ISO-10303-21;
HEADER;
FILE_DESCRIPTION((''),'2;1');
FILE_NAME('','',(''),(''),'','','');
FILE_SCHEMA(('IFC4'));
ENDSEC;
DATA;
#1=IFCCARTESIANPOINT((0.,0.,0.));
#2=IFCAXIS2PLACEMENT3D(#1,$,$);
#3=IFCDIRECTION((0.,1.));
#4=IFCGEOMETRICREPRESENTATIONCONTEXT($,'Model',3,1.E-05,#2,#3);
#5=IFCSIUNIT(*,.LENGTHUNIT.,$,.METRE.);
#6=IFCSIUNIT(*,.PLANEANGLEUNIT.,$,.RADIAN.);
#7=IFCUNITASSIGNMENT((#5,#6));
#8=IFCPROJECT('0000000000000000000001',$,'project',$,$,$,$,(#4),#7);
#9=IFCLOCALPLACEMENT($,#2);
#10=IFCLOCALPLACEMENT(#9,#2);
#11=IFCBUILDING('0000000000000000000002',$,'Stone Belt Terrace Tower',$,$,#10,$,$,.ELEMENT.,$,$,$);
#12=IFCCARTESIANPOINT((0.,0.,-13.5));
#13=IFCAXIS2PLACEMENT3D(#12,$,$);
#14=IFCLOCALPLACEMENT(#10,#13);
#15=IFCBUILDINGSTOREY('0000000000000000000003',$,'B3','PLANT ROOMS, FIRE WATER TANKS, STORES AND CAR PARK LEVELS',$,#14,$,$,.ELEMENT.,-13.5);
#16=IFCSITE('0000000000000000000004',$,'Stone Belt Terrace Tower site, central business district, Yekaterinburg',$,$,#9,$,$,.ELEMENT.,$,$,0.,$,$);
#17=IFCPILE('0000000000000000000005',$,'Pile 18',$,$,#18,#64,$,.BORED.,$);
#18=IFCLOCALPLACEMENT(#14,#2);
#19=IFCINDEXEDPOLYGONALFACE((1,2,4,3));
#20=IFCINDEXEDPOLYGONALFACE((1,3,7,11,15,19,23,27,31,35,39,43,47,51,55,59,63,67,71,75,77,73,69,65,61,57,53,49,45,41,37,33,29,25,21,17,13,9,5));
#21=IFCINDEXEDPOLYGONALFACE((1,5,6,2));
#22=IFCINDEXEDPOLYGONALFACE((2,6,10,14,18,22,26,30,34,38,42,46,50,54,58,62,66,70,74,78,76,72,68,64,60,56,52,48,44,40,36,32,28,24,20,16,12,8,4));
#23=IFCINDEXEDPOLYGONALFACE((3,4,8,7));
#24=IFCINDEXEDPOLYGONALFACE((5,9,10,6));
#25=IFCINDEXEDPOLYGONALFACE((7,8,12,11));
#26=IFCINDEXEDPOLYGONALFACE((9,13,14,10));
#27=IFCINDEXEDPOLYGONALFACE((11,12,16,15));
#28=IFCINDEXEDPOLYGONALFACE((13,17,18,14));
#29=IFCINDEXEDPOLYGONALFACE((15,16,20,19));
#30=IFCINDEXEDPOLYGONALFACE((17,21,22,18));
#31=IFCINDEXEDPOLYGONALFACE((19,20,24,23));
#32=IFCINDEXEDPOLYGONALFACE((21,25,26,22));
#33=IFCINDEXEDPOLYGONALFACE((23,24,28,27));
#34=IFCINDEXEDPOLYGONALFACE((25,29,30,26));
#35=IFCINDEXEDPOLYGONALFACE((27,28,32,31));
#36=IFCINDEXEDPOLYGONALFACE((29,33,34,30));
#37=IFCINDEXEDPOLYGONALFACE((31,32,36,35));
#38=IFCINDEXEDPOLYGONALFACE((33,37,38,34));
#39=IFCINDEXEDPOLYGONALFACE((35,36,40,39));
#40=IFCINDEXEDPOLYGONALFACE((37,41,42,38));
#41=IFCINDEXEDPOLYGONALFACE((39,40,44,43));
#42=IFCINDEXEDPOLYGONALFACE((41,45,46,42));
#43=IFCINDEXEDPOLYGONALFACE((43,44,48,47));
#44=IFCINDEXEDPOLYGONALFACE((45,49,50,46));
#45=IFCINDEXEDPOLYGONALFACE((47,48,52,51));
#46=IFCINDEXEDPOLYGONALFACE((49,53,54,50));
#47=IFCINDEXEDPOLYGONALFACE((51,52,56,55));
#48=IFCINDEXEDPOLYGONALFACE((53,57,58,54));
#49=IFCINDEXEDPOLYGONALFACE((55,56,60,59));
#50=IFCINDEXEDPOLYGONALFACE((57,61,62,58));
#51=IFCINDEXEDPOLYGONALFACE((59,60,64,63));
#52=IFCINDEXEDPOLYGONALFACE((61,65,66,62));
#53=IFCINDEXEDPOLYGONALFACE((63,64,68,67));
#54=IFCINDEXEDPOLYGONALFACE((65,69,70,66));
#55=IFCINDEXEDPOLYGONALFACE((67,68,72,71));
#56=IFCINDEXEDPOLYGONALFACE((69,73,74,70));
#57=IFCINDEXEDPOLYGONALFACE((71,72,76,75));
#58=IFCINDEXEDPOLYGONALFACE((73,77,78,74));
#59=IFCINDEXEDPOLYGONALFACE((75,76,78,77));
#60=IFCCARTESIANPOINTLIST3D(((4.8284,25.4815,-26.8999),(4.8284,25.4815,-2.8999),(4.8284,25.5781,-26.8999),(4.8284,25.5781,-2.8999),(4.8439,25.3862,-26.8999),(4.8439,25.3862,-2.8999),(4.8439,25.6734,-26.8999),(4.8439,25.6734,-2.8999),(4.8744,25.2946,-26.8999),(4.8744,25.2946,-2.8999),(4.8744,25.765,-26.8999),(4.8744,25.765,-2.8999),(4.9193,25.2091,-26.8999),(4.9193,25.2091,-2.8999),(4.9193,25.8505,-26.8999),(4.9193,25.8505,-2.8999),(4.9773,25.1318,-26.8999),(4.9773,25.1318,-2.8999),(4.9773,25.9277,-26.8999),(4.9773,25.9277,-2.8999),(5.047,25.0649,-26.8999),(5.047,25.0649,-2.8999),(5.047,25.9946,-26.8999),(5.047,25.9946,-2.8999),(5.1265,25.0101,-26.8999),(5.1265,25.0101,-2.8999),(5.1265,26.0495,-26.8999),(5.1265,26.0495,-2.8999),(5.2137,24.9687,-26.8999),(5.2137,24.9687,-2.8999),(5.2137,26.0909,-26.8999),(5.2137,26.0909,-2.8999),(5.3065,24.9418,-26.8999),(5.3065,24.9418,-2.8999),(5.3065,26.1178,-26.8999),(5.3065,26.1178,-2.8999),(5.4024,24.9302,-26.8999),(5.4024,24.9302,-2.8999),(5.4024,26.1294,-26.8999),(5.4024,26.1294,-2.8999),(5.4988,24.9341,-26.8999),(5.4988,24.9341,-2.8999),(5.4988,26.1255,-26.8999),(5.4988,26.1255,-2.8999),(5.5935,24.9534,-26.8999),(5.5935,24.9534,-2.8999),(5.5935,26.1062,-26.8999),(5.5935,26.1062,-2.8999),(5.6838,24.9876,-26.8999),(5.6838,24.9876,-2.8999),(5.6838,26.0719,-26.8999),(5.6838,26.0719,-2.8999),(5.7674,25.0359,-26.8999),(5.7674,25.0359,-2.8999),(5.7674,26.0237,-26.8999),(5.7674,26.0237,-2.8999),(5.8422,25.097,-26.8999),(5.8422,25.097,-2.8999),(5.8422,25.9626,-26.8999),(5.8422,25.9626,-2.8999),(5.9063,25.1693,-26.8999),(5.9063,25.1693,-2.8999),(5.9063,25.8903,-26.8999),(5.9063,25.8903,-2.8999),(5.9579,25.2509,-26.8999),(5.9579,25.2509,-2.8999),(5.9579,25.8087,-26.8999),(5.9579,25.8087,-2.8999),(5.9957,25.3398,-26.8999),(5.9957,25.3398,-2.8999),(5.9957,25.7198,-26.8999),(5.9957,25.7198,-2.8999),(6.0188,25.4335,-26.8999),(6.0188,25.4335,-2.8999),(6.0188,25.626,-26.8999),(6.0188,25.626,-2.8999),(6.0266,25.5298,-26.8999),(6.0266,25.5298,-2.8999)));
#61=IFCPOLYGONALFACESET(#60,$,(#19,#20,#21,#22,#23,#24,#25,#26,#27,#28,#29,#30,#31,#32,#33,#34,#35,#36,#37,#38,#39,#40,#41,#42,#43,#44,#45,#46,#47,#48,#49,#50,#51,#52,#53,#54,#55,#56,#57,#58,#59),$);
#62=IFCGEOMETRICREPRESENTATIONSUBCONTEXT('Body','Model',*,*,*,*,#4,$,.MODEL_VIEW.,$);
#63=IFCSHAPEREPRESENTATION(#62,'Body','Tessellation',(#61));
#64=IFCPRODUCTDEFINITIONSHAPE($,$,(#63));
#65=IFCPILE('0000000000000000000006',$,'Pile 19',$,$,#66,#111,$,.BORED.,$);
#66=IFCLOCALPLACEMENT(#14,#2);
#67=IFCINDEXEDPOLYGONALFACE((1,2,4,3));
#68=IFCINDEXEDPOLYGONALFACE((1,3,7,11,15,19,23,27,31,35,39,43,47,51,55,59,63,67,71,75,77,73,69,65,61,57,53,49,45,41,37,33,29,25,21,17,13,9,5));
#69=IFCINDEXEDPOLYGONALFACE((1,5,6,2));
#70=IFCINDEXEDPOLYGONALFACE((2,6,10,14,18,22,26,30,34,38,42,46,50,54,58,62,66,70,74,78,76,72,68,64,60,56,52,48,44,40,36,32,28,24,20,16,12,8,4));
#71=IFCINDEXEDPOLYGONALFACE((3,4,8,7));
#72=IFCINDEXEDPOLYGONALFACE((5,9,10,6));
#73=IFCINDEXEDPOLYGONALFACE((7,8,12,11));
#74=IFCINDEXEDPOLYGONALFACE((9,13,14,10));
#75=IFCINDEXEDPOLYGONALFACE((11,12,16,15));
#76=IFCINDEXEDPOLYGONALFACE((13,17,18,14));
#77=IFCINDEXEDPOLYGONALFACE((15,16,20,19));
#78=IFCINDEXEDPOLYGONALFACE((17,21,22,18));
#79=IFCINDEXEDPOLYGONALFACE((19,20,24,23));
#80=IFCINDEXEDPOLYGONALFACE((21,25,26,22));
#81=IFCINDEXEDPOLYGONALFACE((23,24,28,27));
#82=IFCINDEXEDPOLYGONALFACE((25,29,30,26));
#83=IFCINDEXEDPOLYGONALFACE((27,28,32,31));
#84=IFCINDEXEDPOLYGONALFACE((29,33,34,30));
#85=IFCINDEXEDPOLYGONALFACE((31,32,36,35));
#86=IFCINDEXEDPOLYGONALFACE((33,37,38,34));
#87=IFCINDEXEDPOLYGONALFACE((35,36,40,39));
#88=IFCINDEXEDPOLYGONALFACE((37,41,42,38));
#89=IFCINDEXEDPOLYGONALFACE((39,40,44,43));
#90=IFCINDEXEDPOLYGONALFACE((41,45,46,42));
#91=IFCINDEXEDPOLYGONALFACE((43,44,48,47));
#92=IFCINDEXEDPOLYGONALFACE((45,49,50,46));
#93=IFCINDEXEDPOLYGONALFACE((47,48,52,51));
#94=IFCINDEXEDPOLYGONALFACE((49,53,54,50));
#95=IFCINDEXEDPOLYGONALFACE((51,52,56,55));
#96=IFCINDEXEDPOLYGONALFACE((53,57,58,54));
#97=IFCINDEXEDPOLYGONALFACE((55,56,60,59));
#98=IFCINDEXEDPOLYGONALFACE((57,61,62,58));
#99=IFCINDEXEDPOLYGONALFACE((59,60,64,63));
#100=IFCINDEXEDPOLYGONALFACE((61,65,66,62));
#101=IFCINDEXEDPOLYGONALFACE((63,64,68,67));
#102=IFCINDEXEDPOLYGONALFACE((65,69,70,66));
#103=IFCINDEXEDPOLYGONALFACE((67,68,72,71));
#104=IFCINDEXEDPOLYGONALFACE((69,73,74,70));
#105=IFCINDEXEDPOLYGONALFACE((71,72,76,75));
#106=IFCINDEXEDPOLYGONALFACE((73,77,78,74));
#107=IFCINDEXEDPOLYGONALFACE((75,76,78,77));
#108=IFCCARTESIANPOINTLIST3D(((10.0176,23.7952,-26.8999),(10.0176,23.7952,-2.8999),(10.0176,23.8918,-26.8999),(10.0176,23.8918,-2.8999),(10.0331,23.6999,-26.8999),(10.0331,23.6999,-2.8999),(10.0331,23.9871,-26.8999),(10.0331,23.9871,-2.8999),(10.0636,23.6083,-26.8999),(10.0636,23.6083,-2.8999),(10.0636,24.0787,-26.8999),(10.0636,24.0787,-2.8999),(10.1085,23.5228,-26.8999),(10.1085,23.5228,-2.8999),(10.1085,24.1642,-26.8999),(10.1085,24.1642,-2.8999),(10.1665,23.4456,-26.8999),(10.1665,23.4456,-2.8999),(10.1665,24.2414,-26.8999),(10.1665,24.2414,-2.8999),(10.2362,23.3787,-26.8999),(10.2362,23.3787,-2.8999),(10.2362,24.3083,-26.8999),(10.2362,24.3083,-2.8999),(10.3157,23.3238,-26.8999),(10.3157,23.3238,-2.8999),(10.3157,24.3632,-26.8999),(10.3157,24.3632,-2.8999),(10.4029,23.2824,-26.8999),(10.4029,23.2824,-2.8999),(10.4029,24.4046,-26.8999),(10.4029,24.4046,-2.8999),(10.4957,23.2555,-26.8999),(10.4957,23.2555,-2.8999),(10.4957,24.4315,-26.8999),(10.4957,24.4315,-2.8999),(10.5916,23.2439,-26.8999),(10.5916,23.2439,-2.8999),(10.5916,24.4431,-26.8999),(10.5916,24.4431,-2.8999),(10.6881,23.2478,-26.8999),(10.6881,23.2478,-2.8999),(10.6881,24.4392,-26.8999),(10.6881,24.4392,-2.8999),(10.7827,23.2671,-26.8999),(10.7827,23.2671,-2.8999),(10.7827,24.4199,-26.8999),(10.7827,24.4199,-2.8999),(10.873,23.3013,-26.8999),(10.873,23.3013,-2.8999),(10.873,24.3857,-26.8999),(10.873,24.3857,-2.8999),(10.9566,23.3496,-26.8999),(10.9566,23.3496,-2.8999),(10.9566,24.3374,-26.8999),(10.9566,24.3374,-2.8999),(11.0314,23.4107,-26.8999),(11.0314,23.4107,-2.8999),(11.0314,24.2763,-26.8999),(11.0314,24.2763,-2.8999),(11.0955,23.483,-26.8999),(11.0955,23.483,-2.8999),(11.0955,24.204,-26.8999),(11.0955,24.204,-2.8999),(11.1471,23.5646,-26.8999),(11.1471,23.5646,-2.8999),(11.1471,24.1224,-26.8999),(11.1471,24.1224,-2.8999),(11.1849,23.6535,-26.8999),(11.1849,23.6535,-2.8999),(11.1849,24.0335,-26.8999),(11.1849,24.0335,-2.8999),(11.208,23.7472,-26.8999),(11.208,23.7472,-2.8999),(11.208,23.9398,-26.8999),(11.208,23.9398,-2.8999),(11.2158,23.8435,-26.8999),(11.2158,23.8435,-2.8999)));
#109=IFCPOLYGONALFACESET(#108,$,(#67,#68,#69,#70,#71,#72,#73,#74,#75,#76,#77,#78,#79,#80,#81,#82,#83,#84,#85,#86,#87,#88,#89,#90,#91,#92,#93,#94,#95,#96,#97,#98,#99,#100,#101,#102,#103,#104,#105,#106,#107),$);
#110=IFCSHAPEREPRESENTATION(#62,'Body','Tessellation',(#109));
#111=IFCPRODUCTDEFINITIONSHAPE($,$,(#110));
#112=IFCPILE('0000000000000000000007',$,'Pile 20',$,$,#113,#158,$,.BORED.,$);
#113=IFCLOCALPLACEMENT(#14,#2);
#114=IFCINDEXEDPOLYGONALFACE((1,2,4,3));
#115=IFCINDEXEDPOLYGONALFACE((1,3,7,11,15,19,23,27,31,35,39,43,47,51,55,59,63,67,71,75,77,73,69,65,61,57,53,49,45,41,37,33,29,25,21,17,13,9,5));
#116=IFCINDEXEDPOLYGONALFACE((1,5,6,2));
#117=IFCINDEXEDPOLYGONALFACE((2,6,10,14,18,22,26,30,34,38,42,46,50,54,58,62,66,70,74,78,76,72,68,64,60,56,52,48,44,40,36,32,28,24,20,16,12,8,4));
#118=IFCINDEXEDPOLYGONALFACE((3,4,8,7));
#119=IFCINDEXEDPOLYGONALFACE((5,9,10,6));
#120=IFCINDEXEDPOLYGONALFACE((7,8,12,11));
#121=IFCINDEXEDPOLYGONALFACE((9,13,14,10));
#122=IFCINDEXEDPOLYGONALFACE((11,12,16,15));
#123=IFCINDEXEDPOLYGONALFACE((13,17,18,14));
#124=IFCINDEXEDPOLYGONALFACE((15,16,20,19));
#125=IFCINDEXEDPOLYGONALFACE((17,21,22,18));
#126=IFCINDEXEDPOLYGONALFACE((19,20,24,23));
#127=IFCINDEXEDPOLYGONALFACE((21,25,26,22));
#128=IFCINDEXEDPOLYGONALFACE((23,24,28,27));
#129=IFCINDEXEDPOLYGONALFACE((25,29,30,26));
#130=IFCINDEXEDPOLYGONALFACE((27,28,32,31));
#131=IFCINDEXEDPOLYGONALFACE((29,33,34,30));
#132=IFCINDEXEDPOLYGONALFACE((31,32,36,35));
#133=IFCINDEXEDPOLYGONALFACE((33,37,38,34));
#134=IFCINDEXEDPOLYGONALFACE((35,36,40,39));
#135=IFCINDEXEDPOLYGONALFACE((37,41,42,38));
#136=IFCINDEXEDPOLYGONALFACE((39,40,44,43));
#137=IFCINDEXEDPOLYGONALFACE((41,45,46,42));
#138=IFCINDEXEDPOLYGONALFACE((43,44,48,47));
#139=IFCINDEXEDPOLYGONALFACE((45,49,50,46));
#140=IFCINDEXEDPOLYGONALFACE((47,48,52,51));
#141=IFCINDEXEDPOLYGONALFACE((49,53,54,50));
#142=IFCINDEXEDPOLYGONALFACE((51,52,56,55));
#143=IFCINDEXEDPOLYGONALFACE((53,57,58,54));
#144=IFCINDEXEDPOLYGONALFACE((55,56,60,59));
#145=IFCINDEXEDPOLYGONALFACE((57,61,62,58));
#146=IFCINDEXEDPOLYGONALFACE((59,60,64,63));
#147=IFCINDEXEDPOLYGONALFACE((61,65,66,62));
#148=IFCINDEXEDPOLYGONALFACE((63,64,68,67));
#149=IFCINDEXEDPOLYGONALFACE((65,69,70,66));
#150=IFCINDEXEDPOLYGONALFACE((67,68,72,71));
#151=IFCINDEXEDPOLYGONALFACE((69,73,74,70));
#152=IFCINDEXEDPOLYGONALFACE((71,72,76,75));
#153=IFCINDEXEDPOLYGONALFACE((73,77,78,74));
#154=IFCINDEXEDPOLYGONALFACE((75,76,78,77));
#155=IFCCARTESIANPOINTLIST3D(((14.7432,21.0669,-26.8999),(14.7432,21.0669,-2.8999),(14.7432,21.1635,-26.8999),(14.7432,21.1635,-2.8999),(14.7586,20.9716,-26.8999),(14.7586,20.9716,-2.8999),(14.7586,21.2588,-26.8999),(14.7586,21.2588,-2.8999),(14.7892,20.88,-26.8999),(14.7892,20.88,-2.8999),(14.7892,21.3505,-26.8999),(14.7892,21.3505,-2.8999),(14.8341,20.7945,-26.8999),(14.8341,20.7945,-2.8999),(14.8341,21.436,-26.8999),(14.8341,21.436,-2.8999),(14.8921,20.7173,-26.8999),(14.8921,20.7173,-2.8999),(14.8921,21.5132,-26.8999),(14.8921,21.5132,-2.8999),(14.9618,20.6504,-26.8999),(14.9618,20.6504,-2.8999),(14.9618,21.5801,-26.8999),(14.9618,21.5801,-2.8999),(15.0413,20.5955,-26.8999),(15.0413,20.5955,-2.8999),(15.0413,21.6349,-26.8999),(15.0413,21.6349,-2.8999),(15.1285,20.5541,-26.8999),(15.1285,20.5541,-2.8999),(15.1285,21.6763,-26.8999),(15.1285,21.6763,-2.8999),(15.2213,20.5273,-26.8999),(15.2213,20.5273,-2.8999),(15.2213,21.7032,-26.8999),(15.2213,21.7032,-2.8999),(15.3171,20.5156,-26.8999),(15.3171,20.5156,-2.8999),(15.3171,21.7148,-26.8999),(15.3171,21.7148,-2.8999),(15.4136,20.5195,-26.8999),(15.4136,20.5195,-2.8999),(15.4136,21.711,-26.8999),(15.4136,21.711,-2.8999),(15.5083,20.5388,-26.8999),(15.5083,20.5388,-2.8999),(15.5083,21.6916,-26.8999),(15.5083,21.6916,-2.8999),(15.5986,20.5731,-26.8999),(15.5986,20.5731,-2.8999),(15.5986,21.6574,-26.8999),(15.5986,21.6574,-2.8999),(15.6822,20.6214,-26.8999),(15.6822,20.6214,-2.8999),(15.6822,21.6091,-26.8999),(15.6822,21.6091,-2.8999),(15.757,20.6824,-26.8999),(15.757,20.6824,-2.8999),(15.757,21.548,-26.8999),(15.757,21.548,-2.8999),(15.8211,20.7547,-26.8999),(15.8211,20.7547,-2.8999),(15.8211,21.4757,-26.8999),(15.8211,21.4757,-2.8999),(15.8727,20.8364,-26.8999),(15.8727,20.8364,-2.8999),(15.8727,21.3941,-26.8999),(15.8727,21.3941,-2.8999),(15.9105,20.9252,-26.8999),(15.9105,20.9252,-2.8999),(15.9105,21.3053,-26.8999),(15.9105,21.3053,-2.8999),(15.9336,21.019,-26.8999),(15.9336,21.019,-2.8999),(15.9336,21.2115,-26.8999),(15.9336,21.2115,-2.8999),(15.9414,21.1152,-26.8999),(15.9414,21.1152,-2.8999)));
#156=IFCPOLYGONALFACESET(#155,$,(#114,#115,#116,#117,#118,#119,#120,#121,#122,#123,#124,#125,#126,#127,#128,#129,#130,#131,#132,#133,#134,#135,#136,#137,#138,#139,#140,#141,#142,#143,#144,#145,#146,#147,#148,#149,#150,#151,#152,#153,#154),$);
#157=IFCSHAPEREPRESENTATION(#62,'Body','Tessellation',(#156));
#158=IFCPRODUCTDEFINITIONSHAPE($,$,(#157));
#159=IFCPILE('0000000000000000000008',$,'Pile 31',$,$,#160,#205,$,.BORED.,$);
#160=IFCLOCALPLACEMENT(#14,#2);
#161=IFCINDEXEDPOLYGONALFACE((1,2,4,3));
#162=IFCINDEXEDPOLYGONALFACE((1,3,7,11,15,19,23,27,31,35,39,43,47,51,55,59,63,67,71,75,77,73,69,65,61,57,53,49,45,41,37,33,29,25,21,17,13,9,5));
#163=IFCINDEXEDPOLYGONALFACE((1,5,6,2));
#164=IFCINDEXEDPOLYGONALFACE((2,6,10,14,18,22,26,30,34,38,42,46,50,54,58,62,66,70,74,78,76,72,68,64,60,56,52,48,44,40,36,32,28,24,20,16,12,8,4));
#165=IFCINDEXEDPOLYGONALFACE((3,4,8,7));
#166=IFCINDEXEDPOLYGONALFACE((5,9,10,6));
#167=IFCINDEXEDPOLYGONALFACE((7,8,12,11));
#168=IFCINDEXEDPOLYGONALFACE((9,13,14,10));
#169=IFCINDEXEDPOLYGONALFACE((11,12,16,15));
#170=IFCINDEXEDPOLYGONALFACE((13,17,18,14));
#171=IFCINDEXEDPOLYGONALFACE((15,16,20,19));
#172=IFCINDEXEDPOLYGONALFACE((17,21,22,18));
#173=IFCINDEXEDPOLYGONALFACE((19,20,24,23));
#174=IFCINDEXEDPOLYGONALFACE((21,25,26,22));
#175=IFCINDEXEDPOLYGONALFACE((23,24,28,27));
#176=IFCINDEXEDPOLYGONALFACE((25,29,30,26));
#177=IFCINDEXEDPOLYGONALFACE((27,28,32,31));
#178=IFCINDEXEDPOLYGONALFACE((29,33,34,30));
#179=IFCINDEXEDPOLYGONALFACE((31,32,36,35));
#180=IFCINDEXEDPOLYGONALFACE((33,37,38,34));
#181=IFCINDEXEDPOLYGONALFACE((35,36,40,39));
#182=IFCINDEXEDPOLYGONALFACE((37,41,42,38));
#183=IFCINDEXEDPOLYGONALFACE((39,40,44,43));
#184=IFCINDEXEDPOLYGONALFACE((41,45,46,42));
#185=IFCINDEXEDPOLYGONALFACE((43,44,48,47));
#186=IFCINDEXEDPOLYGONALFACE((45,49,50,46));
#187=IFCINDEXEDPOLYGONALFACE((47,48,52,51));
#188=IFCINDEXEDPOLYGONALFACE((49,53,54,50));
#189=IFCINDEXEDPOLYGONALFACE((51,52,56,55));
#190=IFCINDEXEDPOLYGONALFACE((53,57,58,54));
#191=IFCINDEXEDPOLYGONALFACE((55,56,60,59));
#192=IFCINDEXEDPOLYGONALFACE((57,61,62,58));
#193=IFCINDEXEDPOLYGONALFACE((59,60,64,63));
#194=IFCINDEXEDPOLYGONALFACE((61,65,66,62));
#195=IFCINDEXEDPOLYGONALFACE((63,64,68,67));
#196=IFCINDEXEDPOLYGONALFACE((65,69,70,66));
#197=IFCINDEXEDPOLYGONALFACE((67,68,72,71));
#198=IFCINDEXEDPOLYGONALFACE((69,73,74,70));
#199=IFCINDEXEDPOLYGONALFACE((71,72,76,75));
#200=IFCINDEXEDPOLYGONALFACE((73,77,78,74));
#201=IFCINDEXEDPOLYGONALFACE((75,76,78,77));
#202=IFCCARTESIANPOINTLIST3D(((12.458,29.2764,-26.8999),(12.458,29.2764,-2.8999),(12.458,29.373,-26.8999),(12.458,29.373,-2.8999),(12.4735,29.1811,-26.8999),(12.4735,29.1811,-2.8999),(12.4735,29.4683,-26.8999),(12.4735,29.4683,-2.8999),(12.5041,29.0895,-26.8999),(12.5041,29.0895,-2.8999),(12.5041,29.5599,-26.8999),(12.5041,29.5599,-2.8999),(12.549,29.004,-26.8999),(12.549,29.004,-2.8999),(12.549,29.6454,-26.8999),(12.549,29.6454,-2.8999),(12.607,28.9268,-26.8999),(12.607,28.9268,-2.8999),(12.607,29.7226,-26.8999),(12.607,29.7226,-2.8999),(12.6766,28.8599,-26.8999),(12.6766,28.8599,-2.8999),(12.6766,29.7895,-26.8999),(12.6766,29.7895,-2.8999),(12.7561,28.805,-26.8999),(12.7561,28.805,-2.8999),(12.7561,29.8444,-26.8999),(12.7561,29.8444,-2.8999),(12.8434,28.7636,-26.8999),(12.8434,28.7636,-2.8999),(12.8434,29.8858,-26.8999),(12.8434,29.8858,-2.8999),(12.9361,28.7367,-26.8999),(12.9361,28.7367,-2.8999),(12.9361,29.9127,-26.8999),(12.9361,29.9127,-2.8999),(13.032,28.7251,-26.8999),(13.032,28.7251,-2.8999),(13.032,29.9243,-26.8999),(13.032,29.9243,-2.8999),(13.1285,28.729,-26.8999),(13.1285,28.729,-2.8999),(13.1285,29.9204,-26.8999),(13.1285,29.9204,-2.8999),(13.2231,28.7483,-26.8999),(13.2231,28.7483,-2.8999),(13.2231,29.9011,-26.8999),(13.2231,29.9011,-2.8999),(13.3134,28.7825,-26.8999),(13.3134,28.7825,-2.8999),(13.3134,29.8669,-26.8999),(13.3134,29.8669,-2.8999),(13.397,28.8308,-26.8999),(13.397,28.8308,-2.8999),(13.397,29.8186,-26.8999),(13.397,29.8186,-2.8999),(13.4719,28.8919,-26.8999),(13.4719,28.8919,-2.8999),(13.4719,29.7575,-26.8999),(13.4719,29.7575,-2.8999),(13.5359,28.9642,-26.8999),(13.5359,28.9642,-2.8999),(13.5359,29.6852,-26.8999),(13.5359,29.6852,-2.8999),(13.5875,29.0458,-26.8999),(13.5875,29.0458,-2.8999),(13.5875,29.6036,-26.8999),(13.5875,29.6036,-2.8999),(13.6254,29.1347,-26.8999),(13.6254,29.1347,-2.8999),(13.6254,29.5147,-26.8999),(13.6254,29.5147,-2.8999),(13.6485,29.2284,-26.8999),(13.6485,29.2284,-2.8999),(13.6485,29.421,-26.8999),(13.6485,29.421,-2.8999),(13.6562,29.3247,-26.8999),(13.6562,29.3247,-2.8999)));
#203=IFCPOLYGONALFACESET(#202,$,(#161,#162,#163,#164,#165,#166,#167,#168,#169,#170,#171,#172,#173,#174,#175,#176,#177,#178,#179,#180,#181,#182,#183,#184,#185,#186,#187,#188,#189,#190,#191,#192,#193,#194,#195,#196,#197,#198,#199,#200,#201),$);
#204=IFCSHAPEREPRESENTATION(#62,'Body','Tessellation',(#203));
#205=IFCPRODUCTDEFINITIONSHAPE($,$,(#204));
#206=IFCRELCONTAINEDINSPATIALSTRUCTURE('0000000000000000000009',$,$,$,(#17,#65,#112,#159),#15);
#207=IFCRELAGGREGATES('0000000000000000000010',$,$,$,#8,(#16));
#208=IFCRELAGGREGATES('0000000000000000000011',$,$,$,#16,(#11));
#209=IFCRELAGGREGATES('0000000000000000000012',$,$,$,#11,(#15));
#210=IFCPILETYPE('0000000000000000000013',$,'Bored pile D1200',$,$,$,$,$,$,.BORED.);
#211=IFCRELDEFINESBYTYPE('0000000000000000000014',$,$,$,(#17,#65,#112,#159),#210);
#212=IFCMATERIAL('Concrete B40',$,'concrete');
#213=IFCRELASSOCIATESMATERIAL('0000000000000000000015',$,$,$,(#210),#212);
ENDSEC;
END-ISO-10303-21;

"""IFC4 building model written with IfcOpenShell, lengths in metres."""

from ifc_helpers import new_model, si_unit, direction, frame, origin, origin_2d, place, context, subcontext, project, spatial, circle, extrude, material, material_profile, profile_set, type_object, element, save


model = new_model("IFC4")

# Units and contexts
model_context = context("Model", 3, precision=1e-05, world=origin(), true_north=direction((0.0, 1.0)))
body_context = subcontext(model_context, "Body", "Model", "MODEL_VIEW")
ifc_project = project(units=[si_unit("LENGTHUNIT", "METRE"), si_unit("PLANEANGLEUNIT", "RADIAN")], contexts=[model_context])

# Site, building, storey
site_placement = place(None, origin())
site = spatial("IfcSite", under=ifc_project, at=site_placement, Name="Stone Belt Terrace Tower site, central business district, Yekaterinburg", CompositionType="ELEMENT", RefElevation=0.0)
building_placement = place(site_placement, origin())
building = spatial("IfcBuilding", under=site, at=building_placement, Name="Stone Belt Terrace Tower", CompositionType="ELEMENT")
storey_placement = place(building_placement, frame((0.0, 0.0, -13.5)))
storey = spatial("IfcBuildingStorey", under=building, at=storey_placement, Name="B3", Description="PLANT ROOMS, FIRE WATER TANKS, STORES AND CAR PARK LEVELS", CompositionType="ELEMENT", Elevation=-13.5)

# Piles
ifc_material_1 = material(Name="Concrete B40", Category="concrete")
ifc_material_profile_1 = material_profile(ifc_material_1, circle(Radius=0.6001, at=origin_2d()), Name="PILE D1200")
ifc_profile_set_1 = profile_set([ifc_material_profile_1], Name="Concrete B40")
pile_type = type_object("IfcPileType", Name="Bored pile D1200", PredefinedType="BORED", material=ifc_profile_set_1)
for number, where, z_axis, x_axis, name in (
    (1, (5.4265, 25.5298, -2.8999), (0.0, 0.0, -1.0), (1.0, 0.0, 0.0), "Pile 18"),
    (2, (10.6157, 23.8435, -2.8999), (0.0, 0.0, -1.0), (1.0, 0.0, 0.0), "Pile 19"),
    (3, (15.3413, 21.1152, -2.8999), (0.0, 0.0, -1.0), (1.0, 0.0, 0.0), "Pile 20"),
    (4, (13.0562, 29.3247, -2.8999), (0.0, 0.0, -1.0), (1.0, 0.0, 0.0), "Pile 31"),
):
    element("IfcPile", number, at=place(storey_placement, frame(where, z_axis=z_axis, x_axis=x_axis)), inside=storey, type_object=pile_type, Name=name, PredefinedType="BORED", context=body_context, shape_type="SweptSolid", body=[
        extrude(circle(Radius=0.6001, at=origin_2d()), origin(), (0.0, 0.0, 1.0), 24.0),
    ])

save(model, "model.ifc")
